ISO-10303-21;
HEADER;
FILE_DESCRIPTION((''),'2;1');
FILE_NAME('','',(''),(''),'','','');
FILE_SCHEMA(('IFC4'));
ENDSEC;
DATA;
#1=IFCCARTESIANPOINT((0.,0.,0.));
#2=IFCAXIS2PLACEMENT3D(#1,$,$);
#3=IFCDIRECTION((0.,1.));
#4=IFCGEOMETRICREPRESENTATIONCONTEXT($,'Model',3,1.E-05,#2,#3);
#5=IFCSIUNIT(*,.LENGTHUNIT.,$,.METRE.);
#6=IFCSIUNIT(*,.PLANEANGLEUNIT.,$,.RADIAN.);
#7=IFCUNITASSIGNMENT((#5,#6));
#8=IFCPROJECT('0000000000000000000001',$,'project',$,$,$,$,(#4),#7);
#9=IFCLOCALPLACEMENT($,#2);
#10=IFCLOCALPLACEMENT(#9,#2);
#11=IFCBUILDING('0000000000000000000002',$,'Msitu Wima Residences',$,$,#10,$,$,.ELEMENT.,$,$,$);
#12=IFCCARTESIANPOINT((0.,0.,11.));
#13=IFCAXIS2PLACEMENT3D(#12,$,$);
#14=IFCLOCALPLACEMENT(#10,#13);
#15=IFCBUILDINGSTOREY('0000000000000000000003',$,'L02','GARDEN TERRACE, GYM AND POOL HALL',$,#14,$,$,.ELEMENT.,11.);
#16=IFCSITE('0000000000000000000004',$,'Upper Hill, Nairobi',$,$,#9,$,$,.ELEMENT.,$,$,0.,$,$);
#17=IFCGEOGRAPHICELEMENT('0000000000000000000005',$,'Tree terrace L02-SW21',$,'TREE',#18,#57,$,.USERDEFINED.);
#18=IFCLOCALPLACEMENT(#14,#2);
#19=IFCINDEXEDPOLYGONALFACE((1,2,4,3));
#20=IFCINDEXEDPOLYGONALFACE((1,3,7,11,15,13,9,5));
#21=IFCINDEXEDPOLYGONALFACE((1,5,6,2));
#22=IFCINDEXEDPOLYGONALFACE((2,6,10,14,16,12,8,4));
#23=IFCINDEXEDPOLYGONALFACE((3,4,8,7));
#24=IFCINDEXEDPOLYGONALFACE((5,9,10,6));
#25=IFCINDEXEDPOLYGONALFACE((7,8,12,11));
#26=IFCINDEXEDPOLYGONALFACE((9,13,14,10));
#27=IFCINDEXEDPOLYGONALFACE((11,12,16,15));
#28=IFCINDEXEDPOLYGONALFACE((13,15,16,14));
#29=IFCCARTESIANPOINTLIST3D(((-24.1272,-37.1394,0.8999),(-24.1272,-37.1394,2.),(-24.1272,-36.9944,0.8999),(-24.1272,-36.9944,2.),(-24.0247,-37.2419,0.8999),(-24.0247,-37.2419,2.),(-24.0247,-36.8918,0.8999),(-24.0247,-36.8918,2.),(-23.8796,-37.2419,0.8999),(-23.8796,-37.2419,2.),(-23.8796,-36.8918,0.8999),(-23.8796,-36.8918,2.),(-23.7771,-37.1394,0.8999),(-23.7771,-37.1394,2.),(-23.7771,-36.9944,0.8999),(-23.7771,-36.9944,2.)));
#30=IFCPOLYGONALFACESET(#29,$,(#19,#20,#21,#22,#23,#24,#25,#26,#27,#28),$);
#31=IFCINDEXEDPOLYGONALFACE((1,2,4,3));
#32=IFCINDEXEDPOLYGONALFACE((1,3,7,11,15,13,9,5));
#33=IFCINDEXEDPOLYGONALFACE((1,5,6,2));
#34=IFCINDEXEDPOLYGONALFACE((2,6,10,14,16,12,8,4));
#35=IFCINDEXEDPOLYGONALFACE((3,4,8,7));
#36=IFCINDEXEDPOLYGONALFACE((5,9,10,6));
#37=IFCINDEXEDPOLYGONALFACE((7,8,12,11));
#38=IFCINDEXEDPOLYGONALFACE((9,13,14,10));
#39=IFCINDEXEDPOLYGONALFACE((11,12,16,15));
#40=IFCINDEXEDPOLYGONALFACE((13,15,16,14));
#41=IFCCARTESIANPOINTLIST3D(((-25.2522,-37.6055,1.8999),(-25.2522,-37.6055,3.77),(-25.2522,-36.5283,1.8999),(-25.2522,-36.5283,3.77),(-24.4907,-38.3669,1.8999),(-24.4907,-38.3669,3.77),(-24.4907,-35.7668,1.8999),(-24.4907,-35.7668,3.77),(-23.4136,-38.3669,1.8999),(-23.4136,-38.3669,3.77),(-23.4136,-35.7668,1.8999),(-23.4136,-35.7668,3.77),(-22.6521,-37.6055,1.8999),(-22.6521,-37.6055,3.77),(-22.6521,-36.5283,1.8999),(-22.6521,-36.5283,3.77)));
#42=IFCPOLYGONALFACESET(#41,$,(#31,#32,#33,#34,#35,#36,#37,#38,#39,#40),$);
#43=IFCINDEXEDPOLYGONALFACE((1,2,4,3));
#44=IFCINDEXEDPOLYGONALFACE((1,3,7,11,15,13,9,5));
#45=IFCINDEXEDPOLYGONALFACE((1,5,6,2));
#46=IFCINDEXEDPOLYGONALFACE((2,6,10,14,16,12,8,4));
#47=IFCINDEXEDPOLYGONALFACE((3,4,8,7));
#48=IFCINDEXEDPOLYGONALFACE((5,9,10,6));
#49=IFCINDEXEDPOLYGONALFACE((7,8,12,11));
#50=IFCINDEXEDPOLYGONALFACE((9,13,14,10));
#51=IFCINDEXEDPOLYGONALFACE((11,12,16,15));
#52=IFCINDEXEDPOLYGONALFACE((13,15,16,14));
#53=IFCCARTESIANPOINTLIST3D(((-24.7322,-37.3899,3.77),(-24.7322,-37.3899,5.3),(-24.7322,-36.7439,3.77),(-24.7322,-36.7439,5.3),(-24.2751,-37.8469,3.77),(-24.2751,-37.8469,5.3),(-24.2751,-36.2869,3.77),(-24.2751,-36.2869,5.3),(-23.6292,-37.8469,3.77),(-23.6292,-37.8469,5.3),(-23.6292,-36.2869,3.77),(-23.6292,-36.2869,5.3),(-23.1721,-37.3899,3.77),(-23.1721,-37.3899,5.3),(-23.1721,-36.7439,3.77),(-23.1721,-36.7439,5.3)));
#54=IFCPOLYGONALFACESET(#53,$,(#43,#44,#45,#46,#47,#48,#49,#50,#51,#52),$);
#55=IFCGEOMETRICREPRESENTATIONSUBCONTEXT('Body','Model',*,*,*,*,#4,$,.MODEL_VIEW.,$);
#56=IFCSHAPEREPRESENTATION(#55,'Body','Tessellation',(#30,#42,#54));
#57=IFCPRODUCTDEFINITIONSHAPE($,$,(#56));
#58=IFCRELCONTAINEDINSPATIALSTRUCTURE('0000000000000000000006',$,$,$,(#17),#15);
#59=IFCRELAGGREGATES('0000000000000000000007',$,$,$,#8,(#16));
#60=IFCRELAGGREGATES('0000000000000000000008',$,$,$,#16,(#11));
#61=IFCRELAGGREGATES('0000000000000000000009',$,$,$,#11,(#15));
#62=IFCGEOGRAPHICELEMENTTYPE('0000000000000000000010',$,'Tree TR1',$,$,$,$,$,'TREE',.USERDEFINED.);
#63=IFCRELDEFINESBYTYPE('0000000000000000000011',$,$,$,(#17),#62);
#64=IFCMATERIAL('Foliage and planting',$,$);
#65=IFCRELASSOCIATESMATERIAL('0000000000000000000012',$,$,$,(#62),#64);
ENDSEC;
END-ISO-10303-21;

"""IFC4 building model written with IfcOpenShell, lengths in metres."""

from ifc_helpers import new_model, si_unit, direction, frame, origin, place, context, subcontext, project, spatial, polyline, outline, extrude, material, type_object, element, save


model = new_model("IFC4")

# Units and contexts
model_context = context("Model", 3, precision=1e-05, world=origin(), true_north=direction((0.0, 1.0)))
body_context = subcontext(model_context, "Body", "Model", "MODEL_VIEW")
ifc_project = project(units=[si_unit("LENGTHUNIT", "METRE"), si_unit("PLANEANGLEUNIT", "RADIAN")], contexts=[model_context])

# Site, building, storey
site_placement = place(None, origin())
site = spatial("IfcSite", under=ifc_project, at=site_placement, Name="Upper Hill, Nairobi", CompositionType="ELEMENT", RefElevation=0.0)
building_placement = place(site_placement, origin())
building = spatial("IfcBuilding", under=site, at=building_placement, Name="Msitu Wima Residences", CompositionType="ELEMENT")
storey_placement = place(building_placement, frame((0.0, 0.0, 11.0)))
storey = spatial("IfcBuildingStorey", under=building, at=storey_placement, Name="L02", Description="GARDEN TERRACE, GYM AND POOL HALL", CompositionType="ELEMENT", Elevation=11.0)

# Geographic element
ifc_material_1 = material(Name="Foliage and planting")
geographic_element_type = type_object("IfcGeographicElementType", Name="Tree TR1", ElementType="TREE", PredefinedType="USERDEFINED", material=ifc_material_1)
for number, where, z_axis, x_axis, name in (
    (1, (-23.9521, -37.0669, 0.8999), (0.0, 0.0, 1.0), (1.0, 0.0, 0.0), "Tree terrace L02-SW21"),
):
    element("IfcGeographicElement", number, at=place(storey_placement, frame(where, z_axis=z_axis, x_axis=x_axis)), inside=storey, type_object=geographic_element_type, Name=name, ObjectType="TREE", PredefinedType="USERDEFINED", context=body_context, shape_type="SweptSolid", body=[
        extrude(outline(polyline([(0.175, 0.0725), (0.0725, 0.175), (-0.0725, 0.175), (-0.175, 0.0725), (-0.175, -0.0725), (-0.0725, -0.175), (0.0725, -0.175), (0.175, -0.0725), (0.175, 0.0725)])), origin(), (0.0, 0.0, 1.0), 1.1001),
        extrude(outline(polyline([(1.3, 0.5386), (0.5386, 1.3), (-0.5386, 1.3), (-1.3, 0.5386), (-1.3, -0.5386), (-0.5386, -1.3), (0.5386, -1.3), (1.3, -0.5386), (1.3, 0.5386)])), frame((0.0, 0.0, 1.0)), (0.0, 0.0, 1.0), 1.8701),
        extrude(outline(polyline([(0.78, 0.323), (0.323, 0.78), (-0.323, 0.78), (-0.78, 0.323), (-0.78, -0.323), (-0.323, -0.78), (0.323, -0.78), (0.78, -0.323), (0.78, 0.323)])), frame((0.0, 0.0, 2.8701)), (0.0, 0.0, 1.0), 1.53),
    ])

save(model, "model.ifc")
